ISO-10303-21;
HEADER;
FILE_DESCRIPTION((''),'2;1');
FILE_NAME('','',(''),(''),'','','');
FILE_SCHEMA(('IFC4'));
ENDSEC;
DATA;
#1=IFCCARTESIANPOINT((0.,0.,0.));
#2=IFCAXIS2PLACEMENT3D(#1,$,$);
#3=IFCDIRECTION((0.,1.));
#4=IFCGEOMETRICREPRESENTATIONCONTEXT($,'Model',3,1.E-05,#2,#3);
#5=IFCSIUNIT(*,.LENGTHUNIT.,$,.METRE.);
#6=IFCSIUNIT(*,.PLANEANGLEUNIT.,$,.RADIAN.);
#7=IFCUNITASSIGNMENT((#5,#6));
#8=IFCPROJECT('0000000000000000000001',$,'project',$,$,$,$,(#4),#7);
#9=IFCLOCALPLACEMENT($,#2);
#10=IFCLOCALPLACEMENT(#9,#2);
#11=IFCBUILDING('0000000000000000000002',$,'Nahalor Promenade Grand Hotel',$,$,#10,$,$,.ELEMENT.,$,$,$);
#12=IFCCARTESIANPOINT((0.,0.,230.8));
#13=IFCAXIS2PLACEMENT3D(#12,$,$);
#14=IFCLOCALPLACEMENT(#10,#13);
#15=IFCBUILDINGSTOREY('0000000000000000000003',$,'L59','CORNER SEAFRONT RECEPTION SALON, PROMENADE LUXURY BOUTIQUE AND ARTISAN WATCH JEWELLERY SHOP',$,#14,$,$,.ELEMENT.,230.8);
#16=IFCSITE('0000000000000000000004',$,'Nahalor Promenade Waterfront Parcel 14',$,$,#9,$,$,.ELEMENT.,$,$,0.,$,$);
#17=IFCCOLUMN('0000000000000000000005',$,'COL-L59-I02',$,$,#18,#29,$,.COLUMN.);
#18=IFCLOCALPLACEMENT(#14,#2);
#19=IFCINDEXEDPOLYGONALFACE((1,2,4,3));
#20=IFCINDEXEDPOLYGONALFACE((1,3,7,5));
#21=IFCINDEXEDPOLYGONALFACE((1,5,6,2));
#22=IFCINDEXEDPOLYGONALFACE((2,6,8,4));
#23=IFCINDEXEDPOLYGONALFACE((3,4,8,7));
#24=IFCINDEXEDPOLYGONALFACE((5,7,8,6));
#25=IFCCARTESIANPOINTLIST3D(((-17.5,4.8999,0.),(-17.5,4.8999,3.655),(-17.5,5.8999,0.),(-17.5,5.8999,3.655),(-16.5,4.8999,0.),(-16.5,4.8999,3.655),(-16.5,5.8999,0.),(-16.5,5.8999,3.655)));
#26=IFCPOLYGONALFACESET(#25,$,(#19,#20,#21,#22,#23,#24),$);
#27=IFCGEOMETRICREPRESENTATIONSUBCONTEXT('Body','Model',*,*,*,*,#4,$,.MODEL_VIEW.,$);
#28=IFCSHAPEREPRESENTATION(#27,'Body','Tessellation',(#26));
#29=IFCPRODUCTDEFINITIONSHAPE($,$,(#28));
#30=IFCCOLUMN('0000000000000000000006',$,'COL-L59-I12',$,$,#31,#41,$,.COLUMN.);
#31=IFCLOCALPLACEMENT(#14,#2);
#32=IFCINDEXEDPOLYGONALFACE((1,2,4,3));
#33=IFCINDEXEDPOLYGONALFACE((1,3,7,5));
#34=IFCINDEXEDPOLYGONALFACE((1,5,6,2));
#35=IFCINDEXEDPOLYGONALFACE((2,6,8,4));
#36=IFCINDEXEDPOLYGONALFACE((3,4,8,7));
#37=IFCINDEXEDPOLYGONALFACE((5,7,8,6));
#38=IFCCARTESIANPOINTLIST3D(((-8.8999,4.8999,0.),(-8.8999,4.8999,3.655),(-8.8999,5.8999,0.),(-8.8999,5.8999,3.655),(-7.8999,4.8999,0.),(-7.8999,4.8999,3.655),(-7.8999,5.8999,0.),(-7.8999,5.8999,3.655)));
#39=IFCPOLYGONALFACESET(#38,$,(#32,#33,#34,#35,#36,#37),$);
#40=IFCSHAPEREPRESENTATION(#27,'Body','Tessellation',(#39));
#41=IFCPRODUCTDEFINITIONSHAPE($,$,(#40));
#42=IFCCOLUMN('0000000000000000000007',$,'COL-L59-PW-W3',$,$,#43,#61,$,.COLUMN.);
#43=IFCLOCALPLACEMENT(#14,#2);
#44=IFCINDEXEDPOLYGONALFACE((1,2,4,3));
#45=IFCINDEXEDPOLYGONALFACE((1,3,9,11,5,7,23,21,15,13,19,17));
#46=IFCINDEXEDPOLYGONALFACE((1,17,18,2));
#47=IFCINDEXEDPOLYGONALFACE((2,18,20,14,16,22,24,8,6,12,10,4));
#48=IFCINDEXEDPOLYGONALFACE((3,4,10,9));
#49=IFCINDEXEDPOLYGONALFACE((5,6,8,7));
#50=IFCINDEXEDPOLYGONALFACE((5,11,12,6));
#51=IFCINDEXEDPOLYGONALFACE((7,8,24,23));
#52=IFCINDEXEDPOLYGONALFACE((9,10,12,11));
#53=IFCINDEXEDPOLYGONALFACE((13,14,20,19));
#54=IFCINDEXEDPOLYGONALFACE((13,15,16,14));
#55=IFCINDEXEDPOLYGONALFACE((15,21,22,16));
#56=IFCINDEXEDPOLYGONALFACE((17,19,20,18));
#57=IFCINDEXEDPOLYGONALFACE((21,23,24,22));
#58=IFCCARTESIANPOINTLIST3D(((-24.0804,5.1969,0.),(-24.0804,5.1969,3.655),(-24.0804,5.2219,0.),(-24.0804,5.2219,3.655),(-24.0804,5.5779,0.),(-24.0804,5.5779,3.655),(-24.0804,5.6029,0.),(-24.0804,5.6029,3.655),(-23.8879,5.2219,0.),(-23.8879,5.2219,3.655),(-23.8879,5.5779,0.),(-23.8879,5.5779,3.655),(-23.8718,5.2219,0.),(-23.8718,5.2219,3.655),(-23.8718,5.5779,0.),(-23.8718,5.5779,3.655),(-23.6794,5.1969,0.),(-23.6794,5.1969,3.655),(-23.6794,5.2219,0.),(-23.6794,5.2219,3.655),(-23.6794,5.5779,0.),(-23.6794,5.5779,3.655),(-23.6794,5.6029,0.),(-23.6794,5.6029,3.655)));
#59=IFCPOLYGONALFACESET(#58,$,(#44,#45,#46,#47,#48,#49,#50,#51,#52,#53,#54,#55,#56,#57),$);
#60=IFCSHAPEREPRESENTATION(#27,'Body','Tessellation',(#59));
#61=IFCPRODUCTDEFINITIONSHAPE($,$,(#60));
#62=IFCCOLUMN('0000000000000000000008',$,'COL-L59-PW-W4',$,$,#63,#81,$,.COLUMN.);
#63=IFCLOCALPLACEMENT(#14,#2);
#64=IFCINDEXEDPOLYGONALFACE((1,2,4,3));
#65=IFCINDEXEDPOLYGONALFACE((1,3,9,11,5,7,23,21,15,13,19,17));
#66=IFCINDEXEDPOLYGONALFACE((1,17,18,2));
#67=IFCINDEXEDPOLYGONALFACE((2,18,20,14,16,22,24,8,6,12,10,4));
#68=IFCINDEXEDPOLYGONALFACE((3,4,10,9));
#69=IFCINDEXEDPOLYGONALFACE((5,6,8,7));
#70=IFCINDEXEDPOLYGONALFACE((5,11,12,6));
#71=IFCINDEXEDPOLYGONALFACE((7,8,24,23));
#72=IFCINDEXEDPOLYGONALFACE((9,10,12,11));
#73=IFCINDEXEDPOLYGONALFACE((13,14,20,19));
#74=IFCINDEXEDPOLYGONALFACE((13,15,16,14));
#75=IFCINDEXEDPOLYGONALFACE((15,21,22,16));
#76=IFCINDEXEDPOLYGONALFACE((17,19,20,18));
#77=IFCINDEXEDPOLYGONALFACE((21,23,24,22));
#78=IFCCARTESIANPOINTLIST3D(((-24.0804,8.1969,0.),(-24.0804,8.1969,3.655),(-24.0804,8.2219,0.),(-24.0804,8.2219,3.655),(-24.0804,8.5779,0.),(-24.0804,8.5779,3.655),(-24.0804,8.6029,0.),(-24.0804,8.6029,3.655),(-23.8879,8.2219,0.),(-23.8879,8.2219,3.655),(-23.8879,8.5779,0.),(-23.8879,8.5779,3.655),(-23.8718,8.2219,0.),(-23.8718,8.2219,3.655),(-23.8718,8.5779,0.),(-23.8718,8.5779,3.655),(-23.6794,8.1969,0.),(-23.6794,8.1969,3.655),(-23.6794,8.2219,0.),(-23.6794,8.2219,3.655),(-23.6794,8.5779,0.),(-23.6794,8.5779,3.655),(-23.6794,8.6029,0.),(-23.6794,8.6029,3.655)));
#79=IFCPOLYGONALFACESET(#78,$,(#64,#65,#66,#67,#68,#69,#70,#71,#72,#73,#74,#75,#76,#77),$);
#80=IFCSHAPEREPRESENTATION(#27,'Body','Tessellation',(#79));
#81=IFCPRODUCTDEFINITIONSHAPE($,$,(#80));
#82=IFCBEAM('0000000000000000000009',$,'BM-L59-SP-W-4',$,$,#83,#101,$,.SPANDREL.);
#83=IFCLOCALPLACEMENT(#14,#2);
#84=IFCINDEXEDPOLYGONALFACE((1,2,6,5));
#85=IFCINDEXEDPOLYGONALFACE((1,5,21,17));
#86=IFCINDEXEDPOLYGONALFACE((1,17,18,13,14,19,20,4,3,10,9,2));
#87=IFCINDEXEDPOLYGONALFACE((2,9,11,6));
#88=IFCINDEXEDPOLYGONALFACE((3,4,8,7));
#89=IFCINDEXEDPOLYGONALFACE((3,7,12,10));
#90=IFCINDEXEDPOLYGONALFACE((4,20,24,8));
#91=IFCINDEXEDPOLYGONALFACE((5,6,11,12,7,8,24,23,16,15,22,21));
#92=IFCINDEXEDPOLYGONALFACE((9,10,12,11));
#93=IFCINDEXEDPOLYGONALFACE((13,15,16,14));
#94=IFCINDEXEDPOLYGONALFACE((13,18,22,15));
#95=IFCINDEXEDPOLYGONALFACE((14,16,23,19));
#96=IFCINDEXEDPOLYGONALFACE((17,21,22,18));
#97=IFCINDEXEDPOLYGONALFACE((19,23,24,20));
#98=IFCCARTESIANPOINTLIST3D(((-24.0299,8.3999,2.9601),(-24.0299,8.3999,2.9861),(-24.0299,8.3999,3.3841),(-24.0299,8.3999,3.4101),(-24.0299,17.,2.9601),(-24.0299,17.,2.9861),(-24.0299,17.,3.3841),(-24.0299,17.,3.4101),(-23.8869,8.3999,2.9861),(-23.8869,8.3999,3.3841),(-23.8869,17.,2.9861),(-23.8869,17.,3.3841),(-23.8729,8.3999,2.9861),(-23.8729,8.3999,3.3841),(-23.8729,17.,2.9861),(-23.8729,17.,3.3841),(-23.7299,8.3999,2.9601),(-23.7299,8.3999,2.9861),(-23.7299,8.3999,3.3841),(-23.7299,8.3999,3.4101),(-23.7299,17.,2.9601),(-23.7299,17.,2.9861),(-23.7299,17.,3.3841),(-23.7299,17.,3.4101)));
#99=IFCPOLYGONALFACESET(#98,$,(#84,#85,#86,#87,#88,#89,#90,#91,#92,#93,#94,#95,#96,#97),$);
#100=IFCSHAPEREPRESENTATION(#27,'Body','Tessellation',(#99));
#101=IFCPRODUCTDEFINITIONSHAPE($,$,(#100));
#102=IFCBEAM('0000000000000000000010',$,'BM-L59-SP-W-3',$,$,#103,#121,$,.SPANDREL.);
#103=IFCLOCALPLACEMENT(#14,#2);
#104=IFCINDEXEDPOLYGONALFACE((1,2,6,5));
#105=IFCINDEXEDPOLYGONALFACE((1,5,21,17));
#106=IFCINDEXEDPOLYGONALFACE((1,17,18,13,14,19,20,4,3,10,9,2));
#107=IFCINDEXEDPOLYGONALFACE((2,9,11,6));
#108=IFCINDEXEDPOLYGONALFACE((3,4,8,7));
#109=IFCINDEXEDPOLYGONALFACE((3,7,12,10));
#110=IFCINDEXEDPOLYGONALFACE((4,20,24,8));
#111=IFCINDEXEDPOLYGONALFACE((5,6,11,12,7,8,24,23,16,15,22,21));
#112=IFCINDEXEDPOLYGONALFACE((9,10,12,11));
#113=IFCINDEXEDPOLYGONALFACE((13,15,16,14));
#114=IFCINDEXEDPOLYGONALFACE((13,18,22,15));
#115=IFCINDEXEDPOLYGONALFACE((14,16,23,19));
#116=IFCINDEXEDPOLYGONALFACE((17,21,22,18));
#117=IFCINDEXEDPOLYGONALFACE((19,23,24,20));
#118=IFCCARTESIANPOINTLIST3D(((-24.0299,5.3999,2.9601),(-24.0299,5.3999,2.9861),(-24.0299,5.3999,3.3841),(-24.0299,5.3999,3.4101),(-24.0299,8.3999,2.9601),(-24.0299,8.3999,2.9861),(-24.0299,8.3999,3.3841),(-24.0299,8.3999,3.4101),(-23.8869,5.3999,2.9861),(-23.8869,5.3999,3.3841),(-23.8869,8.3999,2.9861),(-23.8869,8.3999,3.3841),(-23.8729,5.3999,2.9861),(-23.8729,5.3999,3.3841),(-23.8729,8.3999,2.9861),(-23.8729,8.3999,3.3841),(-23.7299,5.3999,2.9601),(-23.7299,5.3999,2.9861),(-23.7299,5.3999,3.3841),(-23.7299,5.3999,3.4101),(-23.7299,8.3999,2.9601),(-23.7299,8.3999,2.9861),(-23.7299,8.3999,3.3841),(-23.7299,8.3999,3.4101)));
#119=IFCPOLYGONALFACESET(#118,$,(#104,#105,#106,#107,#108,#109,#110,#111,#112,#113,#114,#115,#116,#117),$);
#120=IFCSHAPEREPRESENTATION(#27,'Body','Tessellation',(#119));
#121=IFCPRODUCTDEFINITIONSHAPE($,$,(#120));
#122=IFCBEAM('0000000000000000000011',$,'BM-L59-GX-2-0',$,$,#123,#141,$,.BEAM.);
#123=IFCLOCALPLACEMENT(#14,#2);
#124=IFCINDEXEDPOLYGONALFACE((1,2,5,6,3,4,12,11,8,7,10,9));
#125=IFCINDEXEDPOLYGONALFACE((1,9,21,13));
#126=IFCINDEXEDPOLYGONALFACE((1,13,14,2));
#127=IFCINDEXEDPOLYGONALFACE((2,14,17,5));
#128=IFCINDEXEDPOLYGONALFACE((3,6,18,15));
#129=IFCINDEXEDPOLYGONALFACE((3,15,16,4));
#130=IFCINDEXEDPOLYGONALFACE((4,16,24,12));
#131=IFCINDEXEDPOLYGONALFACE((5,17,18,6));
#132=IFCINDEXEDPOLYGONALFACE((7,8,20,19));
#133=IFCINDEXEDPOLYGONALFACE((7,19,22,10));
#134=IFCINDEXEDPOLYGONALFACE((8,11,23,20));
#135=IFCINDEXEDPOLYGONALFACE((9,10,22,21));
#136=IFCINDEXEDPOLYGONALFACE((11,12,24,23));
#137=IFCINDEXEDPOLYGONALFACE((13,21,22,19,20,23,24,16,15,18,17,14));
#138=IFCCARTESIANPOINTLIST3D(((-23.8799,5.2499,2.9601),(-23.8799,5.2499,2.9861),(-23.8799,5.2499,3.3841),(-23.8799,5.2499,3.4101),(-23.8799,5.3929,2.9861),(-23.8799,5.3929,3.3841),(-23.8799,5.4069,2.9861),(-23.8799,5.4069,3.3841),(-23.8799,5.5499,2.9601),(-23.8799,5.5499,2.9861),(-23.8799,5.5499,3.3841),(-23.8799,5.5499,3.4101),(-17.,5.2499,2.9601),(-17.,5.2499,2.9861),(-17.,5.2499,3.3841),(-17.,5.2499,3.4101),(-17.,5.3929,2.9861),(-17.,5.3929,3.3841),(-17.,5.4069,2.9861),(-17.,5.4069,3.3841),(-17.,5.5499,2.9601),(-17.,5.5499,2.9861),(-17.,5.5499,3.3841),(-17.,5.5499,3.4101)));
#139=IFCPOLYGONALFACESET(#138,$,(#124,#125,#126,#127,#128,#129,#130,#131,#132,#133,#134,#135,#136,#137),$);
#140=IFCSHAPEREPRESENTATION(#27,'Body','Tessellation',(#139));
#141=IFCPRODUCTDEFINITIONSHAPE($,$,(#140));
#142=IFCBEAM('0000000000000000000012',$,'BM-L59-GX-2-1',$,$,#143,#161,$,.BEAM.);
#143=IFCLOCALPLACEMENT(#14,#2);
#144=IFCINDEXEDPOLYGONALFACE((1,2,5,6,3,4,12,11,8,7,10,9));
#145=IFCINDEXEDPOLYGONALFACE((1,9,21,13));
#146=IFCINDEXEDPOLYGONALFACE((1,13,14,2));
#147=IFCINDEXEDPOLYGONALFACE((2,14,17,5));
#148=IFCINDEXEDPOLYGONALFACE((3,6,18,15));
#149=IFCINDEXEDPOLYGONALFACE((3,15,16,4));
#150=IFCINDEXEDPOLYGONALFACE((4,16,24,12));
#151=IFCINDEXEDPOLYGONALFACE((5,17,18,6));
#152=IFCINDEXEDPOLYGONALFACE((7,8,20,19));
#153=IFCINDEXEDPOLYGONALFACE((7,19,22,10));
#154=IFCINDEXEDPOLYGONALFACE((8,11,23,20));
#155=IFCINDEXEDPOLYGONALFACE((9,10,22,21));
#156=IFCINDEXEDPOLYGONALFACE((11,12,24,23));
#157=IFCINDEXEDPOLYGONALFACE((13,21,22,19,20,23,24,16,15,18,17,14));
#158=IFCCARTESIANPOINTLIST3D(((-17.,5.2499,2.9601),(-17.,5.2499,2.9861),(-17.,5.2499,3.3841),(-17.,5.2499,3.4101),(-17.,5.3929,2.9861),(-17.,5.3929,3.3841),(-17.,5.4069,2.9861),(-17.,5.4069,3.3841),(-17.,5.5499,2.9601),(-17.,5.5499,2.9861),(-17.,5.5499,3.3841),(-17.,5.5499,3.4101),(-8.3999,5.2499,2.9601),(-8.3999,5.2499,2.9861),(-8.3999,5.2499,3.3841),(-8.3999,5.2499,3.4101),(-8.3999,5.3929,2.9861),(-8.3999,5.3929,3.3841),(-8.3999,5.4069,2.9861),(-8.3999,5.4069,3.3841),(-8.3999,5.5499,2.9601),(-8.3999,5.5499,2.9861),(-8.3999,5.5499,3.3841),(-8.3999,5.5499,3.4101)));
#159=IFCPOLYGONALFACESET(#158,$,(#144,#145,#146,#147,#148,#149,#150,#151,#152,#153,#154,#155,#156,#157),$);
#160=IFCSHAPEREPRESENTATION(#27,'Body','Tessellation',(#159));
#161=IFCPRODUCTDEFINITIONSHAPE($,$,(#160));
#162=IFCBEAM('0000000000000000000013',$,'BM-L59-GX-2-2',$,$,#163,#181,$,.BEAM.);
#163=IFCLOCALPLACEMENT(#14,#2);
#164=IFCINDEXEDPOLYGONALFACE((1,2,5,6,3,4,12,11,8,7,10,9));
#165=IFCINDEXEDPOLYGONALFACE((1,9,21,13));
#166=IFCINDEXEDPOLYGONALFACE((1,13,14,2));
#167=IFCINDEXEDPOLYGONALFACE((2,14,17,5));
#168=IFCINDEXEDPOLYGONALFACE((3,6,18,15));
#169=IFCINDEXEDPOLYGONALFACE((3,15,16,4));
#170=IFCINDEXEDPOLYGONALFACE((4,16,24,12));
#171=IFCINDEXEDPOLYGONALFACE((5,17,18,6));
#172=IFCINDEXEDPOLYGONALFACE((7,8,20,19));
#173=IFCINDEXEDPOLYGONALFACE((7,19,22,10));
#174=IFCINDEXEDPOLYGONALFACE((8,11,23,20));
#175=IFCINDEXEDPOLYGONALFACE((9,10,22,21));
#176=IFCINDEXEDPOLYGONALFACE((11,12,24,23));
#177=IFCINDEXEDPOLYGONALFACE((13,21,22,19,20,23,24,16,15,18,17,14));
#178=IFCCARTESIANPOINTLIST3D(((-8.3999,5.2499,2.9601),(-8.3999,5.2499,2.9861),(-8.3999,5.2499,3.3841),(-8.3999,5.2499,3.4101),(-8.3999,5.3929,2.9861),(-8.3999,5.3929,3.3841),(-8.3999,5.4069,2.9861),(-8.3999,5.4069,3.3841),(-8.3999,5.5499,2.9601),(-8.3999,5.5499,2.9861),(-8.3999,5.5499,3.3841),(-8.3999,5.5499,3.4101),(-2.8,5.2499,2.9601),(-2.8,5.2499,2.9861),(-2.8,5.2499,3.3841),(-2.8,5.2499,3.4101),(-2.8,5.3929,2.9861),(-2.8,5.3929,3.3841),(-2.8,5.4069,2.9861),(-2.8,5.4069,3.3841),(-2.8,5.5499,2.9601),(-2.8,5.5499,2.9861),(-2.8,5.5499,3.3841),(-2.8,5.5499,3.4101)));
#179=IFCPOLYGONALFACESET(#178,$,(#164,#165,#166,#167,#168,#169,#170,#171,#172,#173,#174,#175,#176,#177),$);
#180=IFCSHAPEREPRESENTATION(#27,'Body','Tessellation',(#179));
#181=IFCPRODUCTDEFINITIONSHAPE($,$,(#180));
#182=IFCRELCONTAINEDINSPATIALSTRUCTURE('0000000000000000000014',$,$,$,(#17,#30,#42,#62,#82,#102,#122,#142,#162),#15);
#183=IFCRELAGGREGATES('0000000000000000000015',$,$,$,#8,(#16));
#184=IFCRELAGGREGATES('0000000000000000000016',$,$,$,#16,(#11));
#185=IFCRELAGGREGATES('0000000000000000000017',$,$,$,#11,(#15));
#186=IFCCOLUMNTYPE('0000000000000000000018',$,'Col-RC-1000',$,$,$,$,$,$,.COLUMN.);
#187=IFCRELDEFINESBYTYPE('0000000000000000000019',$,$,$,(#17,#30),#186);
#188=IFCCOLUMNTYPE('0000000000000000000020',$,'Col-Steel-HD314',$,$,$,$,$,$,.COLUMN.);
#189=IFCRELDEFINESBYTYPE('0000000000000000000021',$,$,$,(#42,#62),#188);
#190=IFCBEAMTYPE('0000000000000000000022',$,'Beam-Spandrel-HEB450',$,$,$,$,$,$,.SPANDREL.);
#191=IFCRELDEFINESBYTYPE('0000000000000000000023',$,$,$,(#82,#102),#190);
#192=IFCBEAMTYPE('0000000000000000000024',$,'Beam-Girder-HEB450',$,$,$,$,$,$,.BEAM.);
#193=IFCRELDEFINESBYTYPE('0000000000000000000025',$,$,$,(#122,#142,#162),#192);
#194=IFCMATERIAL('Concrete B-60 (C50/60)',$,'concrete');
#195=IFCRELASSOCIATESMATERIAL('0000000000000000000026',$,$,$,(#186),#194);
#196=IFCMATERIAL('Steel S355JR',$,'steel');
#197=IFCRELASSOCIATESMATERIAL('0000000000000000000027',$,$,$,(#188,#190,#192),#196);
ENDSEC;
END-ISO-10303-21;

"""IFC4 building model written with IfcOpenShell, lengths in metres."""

from ifc_helpers import new_model, si_unit, direction, frame, origin, origin_2d, place, context, subcontext, project, spatial, rectangle, i_section, extrude, source, transform, mapped, material, material_profile, profile_set, type_object, element, save


model = new_model("IFC4")

# Units and contexts
model_context = context("Model", 3, precision=1e-05, world=origin(), true_north=direction((0.0, 1.0)))
body_context = subcontext(model_context, "Body", "Model", "MODEL_VIEW")
ifc_project = project(units=[si_unit("LENGTHUNIT", "METRE"), si_unit("PLANEANGLEUNIT", "RADIAN")], contexts=[model_context])

# Site, building, storey
site_placement = place(None, origin())
site = spatial("IfcSite", under=ifc_project, at=site_placement, Name="Nahalor Promenade Waterfront Parcel 14", CompositionType="ELEMENT", RefElevation=0.0)
building_placement = place(site_placement, origin())
building = spatial("IfcBuilding", under=site, at=building_placement, Name="Nahalor Promenade Grand Hotel", CompositionType="ELEMENT")
storey_placement = place(building_placement, frame((0.0, 0.0, 230.8)))
storey = spatial("IfcBuildingStorey", under=building, at=storey_placement, Name="L59", Description="CORNER SEAFRONT RECEPTION SALON, PROMENADE LUXURY BOUTIQUE AND ARTISAN WATCH JEWELLERY SHOP", CompositionType="ELEMENT", Elevation=230.8)

# Columns
ifc_material_1 = material(Name="Concrete B-60 (C50/60)", Category="concrete")
ifc_material_profile_1 = material_profile(ifc_material_1, rectangle(XDim=1.0, YDim=1.0, at=origin_2d()), Name="RC 1000x1000")
ifc_profile_set_1 = profile_set([ifc_material_profile_1], Name="Concrete B-60 (C50/60)")
column_type_1 = type_object("IfcColumnType", Name="Col-RC-1000", PredefinedType="COLUMN", material=ifc_profile_set_1)
shared_shape_1 = source(origin(), body_context, "Body", "SweptSolid", [
    extrude(rectangle(XDim=1.0, YDim=1.0, at=origin_2d()), origin(), (0.0, 0.0, 1.0), 3.655),
])
for number, where, z_axis, x_axis, name in (
    (1, (-17.0, 5.3999, 0.0), (0.0, 0.0, 1.0), (1.0, 0.0, 0.0), "COL-L59-I02"),
    (2, (-8.3999, 5.3999, 0.0), (0.0, 0.0, 1.0), (1.0, 0.0, 0.0), "COL-L59-I12"),
):
    element("IfcColumn", number, at=place(storey_placement, frame(where, z_axis=z_axis, x_axis=x_axis)), inside=storey, type_object=column_type_1, Name=name, PredefinedType="COLUMN", context=body_context, shape_type="MappedRepresentation", body=[
        mapped(shared_shape_1, transform((0.0, 0.0, 0.0), scale=1.0)),
    ])
ifc_material_2 = material(Name="Steel S355JR", Category="steel")
ifc_material_profile_2 = material_profile(ifc_material_2, i_section(OverallWidth=0.401, OverallDepth=0.406, WebThickness=0.0161, FlangeThickness=0.025, at=origin_2d()), Name="HD 400x314")
ifc_profile_set_2 = profile_set([ifc_material_profile_2], Name="Steel S355JR")
column_type_2 = type_object("IfcColumnType", Name="Col-Steel-HD314", PredefinedType="COLUMN", material=ifc_profile_set_2)
shared_shape_2 = source(origin(), body_context, "Body", "SweptSolid", [
    extrude(i_section(OverallWidth=0.401, OverallDepth=0.406, WebThickness=0.0161, FlangeThickness=0.025, at=origin_2d()), origin(), (0.0, 0.0, 1.0), 3.655),
])
for number, where, z_axis, x_axis, name in (
    (3, (-23.8799, 5.3999, 0.0), (0.0, 0.0, 1.0), (1.0, 0.0, 0.0), "COL-L59-PW-W3"),
    (4, (-23.8799, 8.3999, 0.0), (0.0, 0.0, 1.0), (1.0, 0.0, 0.0), "COL-L59-PW-W4"),
):
    element("IfcColumn", number, at=place(storey_placement, frame(where, z_axis=z_axis, x_axis=x_axis)), inside=storey, type_object=column_type_2, Name=name, PredefinedType="COLUMN", context=body_context, shape_type="MappedRepresentation", body=[
        mapped(shared_shape_2, transform((0.0, 0.0, 0.0), scale=1.0)),
    ])

# Beams
ifc_material_profile_3 = material_profile(ifc_material_2, i_section(OverallWidth=0.3, OverallDepth=0.45, WebThickness=0.014, FlangeThickness=0.026, at=origin_2d()), Name="HEB 450")
ifc_profile_set_3 = profile_set([ifc_material_profile_3], Name="Steel S355JR")
beam_type_1 = type_object("IfcBeamType", Name="Beam-Spandrel-HEB450", PredefinedType="SPANDREL", material=ifc_profile_set_3)
shared_shape_3 = source(origin(), body_context, "Body", "SweptSolid", [
    extrude(i_section(OverallWidth=0.3, OverallDepth=0.45, WebThickness=0.014, FlangeThickness=0.026, at=origin_2d()), origin(), (0.0, 0.0, 1.0), 8.6001),
])
beam_1_placement = place(storey_placement, frame((-23.8799, 8.3999, 3.1851), z_axis=(0.0, 1.0, 0.0), x_axis=(-1.0, 0.0, 0.0)))
element("IfcBeam", 5, at=beam_1_placement, inside=storey, type_object=beam_type_1, Name="BM-L59-SP-W-4", PredefinedType="SPANDREL", context=body_context, shape_type="MappedRepresentation", body=[
    mapped(shared_shape_3, transform((0.0, 0.0, 0.0), scale=1.0)),
])
shared_shape_4 = source(origin(), body_context, "Body", "SweptSolid", [
    extrude(i_section(OverallWidth=0.3, OverallDepth=0.45, WebThickness=0.014, FlangeThickness=0.026, at=origin_2d()), origin(), (0.0, 0.0, 1.0), 3.0),
])
beam_2_placement = place(storey_placement, frame((-23.8799, 5.3999, 3.1851), z_axis=(0.0, 1.0, 0.0), x_axis=(-1.0, 0.0, 0.0)))
element("IfcBeam", 6, at=beam_2_placement, inside=storey, type_object=beam_type_1, Name="BM-L59-SP-W-3", PredefinedType="SPANDREL", context=body_context, shape_type="MappedRepresentation", body=[
    mapped(shared_shape_4, transform((0.0, 0.0, 0.0), scale=1.0)),
])
ifc_material_profile_4 = material_profile(ifc_material_2, i_section(OverallWidth=0.3, OverallDepth=0.45, WebThickness=0.014, FlangeThickness=0.026, at=origin_2d()), Name="HEB 450")
ifc_profile_set_4 = profile_set([ifc_material_profile_4], Name="Steel S355JR")
beam_type_2 = type_object("IfcBeamType", Name="Beam-Girder-HEB450", PredefinedType="BEAM", material=ifc_profile_set_4)
shared_shape_5 = source(origin(), body_context, "Body", "SweptSolid", [
    extrude(i_section(OverallWidth=0.3, OverallDepth=0.45, WebThickness=0.014, FlangeThickness=0.026, at=origin_2d()), origin(), (0.0, 0.0, 1.0), 6.8799),
])
beam_3_placement = place(storey_placement, frame((-23.8799, 5.3999, 3.1851), z_axis=(1.0, 0.0, 0.0), x_axis=(0.0, 1.0, 0.0)))
element("IfcBeam", 7, at=beam_3_placement, inside=storey, type_object=beam_type_2, Name="BM-L59-GX-2-0", PredefinedType="BEAM", context=body_context, shape_type="MappedRepresentation", body=[
    mapped(shared_shape_5, transform((0.0, 0.0, 0.0), scale=1.0)),
])
shared_shape_6 = source(origin(), body_context, "Body", "SweptSolid", [
    extrude(i_section(OverallWidth=0.3, OverallDepth=0.45, WebThickness=0.014, FlangeThickness=0.026, at=origin_2d()), origin(), (0.0, 0.0, 1.0), 8.6001),
])
beam_4_placement = place(storey_placement, frame((-17.0, 5.3999, 3.1851), z_axis=(1.0, 0.0, 0.0), x_axis=(0.0, 1.0, 0.0)))
element("IfcBeam", 8, at=beam_4_placement, inside=storey, type_object=beam_type_2, Name="BM-L59-GX-2-1", PredefinedType="BEAM", context=body_context, shape_type="MappedRepresentation", body=[
    mapped(shared_shape_6, transform((0.0, 0.0, 0.0), scale=1.0)),
])
shared_shape_7 = source(origin(), body_context, "Body", "SweptSolid", [
    extrude(i_section(OverallWidth=0.3, OverallDepth=0.45, WebThickness=0.014, FlangeThickness=0.026, at=origin_2d()), origin(), (0.0, 0.0, 1.0), 5.5999),
])
beam_5_placement = place(storey_placement, frame((-8.3999, 5.3999, 3.1851), z_axis=(1.0, 0.0, 0.0), x_axis=(0.0, 1.0, 0.0)))
element("IfcBeam", 9, at=beam_5_placement, inside=storey, type_object=beam_type_2, Name="BM-L59-GX-2-2", PredefinedType="BEAM", context=body_context, shape_type="MappedRepresentation", body=[
    mapped(shared_shape_7, transform((0.0, 0.0, 0.0), scale=1.0)),
])

save(model, "model.ifc")
